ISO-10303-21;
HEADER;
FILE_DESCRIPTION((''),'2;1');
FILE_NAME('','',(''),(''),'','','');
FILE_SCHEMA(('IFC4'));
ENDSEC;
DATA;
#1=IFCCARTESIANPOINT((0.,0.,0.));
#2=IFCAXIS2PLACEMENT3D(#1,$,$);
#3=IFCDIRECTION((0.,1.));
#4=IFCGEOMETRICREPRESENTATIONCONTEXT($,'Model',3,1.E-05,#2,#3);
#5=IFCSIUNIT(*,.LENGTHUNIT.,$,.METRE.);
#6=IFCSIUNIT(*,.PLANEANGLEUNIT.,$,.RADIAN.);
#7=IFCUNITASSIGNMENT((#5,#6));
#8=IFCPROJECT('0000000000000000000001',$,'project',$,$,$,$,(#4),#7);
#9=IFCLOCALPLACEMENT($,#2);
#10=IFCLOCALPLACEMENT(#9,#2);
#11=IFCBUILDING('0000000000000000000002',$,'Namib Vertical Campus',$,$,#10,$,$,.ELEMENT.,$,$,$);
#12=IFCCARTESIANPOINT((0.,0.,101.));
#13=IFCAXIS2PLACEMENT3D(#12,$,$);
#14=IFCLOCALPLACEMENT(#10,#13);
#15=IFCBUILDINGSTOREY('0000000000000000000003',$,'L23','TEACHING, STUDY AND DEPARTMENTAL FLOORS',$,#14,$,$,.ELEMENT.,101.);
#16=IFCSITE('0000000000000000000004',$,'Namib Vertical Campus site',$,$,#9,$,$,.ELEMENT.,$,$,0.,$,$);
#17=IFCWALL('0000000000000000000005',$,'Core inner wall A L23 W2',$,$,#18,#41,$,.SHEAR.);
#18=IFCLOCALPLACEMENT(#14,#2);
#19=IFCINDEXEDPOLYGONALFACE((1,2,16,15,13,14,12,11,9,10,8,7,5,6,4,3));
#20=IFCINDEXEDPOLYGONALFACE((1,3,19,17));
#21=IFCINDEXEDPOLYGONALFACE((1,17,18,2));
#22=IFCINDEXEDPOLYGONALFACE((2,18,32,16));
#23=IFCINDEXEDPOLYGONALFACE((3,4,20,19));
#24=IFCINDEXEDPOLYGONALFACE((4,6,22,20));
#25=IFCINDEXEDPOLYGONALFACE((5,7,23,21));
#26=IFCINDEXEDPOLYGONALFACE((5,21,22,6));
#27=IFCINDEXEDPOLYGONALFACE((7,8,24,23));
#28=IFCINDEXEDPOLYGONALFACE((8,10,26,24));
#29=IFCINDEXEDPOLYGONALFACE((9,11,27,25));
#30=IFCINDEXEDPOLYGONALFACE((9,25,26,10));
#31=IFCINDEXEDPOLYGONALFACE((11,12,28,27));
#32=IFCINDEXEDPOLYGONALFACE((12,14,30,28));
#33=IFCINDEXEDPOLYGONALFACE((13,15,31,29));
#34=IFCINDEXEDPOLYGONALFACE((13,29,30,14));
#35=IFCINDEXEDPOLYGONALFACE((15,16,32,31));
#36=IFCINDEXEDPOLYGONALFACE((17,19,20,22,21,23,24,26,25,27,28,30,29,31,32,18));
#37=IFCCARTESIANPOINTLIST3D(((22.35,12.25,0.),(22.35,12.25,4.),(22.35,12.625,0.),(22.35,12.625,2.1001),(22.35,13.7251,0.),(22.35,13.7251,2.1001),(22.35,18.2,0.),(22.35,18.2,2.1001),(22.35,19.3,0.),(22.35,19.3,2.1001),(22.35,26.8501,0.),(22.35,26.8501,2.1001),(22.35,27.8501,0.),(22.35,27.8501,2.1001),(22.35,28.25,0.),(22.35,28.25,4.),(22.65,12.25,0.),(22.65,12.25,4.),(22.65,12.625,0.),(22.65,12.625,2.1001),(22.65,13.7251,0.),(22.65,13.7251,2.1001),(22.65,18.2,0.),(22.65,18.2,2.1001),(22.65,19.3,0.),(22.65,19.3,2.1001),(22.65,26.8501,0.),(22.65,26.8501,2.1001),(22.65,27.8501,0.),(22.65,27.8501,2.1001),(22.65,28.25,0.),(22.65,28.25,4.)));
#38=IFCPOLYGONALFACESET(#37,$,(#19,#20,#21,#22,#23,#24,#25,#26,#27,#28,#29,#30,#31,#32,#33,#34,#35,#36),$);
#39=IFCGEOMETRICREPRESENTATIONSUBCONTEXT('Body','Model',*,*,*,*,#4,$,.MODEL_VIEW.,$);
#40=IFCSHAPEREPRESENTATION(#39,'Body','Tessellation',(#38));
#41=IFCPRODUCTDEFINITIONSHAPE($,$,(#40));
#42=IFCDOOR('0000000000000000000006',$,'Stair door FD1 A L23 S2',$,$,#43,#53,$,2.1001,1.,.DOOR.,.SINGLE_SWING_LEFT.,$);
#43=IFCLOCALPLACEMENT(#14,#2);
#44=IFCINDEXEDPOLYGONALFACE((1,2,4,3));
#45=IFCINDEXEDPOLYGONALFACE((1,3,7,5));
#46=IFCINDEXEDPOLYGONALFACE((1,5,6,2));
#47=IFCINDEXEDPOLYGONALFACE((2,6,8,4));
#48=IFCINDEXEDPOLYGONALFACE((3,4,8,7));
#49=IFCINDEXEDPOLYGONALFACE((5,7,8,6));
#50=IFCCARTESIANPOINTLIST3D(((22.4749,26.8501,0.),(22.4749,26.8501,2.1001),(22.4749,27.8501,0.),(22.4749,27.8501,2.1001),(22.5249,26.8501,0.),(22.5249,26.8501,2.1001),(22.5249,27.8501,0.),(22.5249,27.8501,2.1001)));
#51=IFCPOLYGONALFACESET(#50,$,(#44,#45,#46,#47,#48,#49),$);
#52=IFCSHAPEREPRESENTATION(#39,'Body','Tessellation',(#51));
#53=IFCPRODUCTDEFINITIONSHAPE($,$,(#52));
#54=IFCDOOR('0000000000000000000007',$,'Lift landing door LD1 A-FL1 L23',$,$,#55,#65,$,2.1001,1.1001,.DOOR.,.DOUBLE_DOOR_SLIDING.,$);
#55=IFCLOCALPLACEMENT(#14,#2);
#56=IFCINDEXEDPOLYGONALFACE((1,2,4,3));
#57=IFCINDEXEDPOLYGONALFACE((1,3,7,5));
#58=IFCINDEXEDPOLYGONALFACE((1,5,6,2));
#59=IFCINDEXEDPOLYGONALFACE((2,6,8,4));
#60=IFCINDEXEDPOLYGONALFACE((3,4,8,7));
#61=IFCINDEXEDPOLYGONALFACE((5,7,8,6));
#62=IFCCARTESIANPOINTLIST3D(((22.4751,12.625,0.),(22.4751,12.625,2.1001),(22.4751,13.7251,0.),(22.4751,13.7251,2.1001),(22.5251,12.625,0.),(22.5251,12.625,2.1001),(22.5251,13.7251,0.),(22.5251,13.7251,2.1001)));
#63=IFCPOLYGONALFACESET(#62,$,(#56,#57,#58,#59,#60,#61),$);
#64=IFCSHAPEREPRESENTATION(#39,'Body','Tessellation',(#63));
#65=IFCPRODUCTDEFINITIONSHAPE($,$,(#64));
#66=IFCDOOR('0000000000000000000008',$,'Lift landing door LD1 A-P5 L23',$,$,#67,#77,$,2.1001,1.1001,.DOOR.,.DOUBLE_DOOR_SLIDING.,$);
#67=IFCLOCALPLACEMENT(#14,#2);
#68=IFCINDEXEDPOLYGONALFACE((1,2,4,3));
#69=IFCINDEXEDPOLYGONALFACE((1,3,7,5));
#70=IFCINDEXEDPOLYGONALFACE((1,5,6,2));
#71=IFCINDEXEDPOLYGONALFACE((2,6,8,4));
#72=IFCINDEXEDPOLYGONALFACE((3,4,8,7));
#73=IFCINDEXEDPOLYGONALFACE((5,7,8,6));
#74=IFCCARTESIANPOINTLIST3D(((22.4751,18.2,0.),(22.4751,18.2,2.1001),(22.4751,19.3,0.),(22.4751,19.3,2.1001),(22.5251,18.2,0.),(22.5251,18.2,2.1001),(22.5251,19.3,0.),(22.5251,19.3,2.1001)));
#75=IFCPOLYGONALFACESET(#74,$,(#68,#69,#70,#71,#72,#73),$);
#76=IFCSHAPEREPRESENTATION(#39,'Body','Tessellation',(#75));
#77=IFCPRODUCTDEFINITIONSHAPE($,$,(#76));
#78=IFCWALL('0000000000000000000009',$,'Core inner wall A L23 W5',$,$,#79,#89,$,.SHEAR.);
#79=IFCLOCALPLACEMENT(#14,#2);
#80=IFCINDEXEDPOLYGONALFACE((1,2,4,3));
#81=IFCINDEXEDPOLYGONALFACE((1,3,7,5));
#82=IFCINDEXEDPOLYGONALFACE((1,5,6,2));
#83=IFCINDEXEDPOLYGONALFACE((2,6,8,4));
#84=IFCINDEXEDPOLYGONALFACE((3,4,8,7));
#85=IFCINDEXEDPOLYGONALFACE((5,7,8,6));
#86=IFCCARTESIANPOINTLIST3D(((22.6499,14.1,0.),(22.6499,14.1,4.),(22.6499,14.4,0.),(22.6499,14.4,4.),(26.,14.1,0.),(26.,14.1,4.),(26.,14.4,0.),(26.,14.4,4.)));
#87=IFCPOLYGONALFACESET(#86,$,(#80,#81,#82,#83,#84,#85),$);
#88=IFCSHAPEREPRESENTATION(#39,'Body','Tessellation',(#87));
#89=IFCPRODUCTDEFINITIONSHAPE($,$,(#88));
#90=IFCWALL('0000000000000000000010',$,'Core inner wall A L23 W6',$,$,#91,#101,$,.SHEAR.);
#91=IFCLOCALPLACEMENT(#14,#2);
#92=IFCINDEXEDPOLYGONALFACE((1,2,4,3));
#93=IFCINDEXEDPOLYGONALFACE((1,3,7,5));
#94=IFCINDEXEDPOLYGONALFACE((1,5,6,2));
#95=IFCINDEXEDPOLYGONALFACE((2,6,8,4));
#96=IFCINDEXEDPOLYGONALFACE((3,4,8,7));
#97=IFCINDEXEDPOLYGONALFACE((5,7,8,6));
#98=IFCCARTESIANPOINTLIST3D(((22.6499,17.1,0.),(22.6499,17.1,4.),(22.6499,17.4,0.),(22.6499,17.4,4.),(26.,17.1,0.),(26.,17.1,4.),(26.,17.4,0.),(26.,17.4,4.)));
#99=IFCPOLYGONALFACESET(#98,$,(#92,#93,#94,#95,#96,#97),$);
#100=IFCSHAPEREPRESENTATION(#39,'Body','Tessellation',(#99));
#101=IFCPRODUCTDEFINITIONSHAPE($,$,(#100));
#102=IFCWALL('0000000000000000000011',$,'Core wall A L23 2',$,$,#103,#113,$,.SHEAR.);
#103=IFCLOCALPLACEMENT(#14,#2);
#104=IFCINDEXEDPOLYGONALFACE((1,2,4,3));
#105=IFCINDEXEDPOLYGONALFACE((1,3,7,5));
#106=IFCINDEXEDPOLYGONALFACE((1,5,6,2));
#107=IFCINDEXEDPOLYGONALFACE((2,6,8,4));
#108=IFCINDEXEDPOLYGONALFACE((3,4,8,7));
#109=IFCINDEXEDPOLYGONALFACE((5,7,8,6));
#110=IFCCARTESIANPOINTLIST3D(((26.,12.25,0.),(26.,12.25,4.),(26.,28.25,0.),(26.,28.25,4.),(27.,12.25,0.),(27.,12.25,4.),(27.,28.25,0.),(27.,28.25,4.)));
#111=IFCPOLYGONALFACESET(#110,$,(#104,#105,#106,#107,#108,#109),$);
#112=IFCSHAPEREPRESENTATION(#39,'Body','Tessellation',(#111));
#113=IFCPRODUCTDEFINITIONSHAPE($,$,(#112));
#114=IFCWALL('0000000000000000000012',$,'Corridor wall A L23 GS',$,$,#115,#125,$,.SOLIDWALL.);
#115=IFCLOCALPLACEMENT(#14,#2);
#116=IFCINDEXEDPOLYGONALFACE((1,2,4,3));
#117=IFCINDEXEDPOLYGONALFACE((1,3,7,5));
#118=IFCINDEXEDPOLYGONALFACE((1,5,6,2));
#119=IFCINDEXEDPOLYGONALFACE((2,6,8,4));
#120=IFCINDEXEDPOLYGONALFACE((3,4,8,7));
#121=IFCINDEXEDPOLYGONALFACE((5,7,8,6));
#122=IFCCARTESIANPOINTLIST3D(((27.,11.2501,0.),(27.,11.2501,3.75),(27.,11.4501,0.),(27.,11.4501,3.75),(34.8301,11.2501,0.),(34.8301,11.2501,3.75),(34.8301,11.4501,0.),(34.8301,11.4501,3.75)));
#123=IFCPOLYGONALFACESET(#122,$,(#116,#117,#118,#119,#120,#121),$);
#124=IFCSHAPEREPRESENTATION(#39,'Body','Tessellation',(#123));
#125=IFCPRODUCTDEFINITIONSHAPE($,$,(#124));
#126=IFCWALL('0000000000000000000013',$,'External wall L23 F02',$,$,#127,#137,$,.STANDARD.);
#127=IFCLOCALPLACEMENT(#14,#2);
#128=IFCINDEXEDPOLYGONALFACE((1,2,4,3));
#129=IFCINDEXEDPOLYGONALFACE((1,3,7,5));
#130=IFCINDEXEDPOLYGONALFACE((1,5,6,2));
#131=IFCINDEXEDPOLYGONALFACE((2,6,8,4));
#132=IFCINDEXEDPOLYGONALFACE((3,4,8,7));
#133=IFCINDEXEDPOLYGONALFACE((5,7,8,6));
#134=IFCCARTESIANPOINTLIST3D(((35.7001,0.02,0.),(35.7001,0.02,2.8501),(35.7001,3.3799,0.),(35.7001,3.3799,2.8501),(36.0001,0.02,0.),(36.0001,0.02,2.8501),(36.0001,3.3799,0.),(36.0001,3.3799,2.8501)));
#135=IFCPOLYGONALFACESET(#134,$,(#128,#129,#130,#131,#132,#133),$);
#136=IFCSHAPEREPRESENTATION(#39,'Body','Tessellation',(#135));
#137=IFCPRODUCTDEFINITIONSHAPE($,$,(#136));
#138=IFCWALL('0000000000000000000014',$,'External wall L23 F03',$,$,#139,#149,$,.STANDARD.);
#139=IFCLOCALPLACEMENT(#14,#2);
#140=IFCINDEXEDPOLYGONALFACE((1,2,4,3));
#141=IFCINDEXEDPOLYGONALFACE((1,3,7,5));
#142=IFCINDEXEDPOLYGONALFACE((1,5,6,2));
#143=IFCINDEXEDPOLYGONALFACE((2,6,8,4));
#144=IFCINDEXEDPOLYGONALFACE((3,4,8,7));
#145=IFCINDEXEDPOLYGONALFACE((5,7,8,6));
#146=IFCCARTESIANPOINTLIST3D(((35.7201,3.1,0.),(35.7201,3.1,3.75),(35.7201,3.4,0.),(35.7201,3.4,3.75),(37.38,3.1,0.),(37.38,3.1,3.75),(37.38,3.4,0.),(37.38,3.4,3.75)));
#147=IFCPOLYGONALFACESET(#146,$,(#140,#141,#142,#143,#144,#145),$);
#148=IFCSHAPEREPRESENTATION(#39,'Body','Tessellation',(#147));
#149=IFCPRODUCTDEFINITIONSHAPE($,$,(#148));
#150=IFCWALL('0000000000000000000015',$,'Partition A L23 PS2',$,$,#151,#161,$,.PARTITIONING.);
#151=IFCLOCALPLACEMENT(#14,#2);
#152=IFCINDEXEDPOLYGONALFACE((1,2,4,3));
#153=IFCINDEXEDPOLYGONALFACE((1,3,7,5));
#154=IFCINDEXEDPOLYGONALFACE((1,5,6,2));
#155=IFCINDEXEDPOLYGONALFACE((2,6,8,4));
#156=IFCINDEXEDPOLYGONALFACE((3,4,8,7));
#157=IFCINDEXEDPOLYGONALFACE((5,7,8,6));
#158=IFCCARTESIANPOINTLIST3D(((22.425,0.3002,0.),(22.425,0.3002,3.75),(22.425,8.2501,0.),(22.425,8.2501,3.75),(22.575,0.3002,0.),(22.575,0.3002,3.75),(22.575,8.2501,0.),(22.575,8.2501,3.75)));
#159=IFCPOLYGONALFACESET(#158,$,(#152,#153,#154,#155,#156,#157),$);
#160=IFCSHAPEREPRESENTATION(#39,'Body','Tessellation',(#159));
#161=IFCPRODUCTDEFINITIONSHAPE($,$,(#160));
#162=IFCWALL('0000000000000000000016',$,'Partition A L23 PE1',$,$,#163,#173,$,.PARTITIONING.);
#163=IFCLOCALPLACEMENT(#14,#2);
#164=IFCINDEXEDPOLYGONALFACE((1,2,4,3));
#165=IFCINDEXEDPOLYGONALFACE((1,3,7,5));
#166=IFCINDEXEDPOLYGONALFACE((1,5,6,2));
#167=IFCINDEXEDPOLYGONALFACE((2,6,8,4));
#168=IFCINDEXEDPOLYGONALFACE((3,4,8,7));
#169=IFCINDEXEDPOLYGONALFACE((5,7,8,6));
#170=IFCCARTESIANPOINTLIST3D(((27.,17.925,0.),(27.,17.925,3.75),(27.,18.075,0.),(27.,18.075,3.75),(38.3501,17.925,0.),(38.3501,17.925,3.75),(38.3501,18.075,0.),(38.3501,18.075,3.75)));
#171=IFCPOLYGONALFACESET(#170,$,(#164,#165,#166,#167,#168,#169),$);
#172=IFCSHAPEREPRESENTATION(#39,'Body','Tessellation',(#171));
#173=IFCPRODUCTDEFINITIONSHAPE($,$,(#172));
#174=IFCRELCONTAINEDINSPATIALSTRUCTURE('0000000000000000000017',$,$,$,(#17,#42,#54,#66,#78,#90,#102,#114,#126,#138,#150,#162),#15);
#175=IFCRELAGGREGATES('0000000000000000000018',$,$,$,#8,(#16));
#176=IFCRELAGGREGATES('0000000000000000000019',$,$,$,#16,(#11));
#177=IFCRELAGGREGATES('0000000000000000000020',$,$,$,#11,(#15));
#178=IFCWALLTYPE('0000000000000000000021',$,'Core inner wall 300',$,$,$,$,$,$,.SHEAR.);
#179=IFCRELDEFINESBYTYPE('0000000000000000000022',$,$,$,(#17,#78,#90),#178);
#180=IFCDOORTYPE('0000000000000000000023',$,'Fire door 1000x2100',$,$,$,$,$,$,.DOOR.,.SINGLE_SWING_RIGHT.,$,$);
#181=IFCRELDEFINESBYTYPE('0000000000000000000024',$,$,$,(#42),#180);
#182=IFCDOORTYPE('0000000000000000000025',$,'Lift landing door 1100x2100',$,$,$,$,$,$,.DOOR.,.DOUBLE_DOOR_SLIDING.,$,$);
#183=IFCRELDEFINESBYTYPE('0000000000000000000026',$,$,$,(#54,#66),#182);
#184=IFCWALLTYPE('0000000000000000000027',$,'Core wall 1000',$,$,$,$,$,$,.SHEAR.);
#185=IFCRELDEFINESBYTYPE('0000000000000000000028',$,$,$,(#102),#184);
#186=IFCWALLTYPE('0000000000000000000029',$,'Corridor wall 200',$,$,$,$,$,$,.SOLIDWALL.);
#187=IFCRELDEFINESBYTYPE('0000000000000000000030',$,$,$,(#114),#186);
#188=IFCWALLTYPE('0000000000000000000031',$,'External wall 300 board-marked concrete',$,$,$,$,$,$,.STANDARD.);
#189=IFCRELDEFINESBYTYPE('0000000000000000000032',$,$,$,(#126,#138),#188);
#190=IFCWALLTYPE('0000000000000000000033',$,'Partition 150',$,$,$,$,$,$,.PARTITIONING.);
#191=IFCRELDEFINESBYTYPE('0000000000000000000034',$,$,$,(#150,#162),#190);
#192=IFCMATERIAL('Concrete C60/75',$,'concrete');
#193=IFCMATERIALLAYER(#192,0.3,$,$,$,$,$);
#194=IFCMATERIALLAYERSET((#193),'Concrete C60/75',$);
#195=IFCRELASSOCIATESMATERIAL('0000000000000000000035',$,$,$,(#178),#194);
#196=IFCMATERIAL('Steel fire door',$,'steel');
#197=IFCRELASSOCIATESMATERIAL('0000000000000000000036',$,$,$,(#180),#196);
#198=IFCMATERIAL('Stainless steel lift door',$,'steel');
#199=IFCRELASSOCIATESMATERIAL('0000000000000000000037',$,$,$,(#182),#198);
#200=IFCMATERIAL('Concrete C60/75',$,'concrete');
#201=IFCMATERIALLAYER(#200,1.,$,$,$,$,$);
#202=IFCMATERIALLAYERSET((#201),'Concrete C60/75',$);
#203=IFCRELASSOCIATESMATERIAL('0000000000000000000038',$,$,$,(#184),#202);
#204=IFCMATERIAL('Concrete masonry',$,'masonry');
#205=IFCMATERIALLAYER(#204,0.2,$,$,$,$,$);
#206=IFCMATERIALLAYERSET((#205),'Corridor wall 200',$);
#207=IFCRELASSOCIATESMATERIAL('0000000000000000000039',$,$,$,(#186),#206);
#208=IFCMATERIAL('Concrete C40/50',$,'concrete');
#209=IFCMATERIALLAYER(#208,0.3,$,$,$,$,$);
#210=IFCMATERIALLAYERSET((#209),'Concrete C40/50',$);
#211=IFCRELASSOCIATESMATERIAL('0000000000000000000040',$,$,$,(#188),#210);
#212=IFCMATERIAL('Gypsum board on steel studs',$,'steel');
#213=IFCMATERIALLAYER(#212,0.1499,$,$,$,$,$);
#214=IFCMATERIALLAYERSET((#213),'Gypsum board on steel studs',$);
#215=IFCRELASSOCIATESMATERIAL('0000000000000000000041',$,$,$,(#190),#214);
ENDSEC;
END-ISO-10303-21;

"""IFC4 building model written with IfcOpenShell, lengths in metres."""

from ifc_helpers import new_model, si_unit, direction, frame, frame_2d, origin, place, context, subcontext, project, spatial, rectangle, extrude, material, layer, layer_set, type_object, element, fill, save


model = new_model("IFC4")

# Units and contexts
model_context = context("Model", 3, precision=1e-05, world=origin(), true_north=direction((0.0, 1.0)))
body_context = subcontext(model_context, "Body", "Model", "MODEL_VIEW")
ifc_project = project(units=[si_unit("LENGTHUNIT", "METRE"), si_unit("PLANEANGLEUNIT", "RADIAN")], contexts=[model_context])

# Site, building, storey
site_placement = place(None, origin())
site = spatial("IfcSite", under=ifc_project, at=site_placement, Name="Namib Vertical Campus site", CompositionType="ELEMENT", RefElevation=0.0)
building_placement = place(site_placement, origin())
building = spatial("IfcBuilding", under=site, at=building_placement, Name="Namib Vertical Campus", CompositionType="ELEMENT")
storey_placement = place(building_placement, frame((0.0, 0.0, 101.0)))
storey = spatial("IfcBuildingStorey", under=building, at=storey_placement, Name="L23", Description="TEACHING, STUDY AND DEPARTMENTAL FLOORS", CompositionType="ELEMENT", Elevation=101.0)

# Wall, openings, doors
ifc_material_1 = material(Name="Concrete C60/75", Category="concrete")
ifc_layer_1 = layer(ifc_material_1, 0.3)
ifc_layer_set_1 = layer_set([ifc_layer_1], Name="Concrete C60/75")
wall_type_1 = type_object("IfcWallType", Name="Core inner wall 300", PredefinedType="SHEAR", material=ifc_layer_set_1)
wall_1_placement = place(storey_placement, frame((22.5, 12.25, 0.0), z_axis=(0.0, 0.0, 1.0), x_axis=(0.0, 1.0, 0.0)))
wall_1 = element("IfcWall", 1, at=wall_1_placement, inside=storey, type_object=wall_type_1, Name="Core inner wall A L23 W2", PredefinedType="SHEAR", context=body_context, shape_type="SweptSolid", body=[
    extrude(rectangle(XDim=16.0, YDim=0.3, at=frame_2d((8.0, 0.0))), origin(), (0.0, 0.0, 1.0), 4.0),
])
opening_1_placement = place(wall_1_placement, frame((14.6001, 0.0, 0.0)))
opening_1 = element("IfcOpeningElement", 2, at=opening_1_placement, cuts=wall_1, PredefinedType="OPENING", context=body_context, shape_type="SweptSolid", body=[
    extrude(rectangle(XDim=1.0, YDim=2.1001, at=frame_2d((0.5, 1.05))), frame((0.0, 0.1599, 0.0), z_axis=(0.0, -1.0, 0.0), x_axis=(1.0, 0.0, 0.0)), (0.0, 0.0, 1.0), 0.3201),
])
opening_2_placement = place(wall_1_placement, frame((0.375, 0.0, 0.0)))
opening_2 = element("IfcOpeningElement", 3, at=opening_2_placement, cuts=wall_1, PredefinedType="OPENING", context=body_context, shape_type="SweptSolid", body=[
    extrude(rectangle(XDim=1.1001, YDim=2.1001, at=frame_2d((0.55, 1.05))), frame((0.0, 0.1599, 0.0), z_axis=(0.0, -1.0, 0.0), x_axis=(1.0, 0.0, 0.0)), (0.0, 0.0, 1.0), 0.3201),
])
opening_3_placement = place(wall_1_placement, frame((5.95, 0.0, 0.0)))
opening_3 = element("IfcOpeningElement", 4, at=opening_3_placement, cuts=wall_1, PredefinedType="OPENING", context=body_context, shape_type="SweptSolid", body=[
    extrude(rectangle(XDim=1.1001, YDim=2.1001, at=frame_2d((0.55, 1.05))), frame((0.0, 0.1599, 0.0), z_axis=(0.0, -1.0, 0.0), x_axis=(1.0, 0.0, 0.0)), (0.0, 0.0, 1.0), 0.3201),
])
ifc_material_2 = material(Name="Steel fire door", Category="steel")
door_type_1 = type_object("IfcDoorType", Name="Fire door 1000x2100", OperationType="SINGLE_SWING_RIGHT", PredefinedType="DOOR", material=ifc_material_2)
door_1_placement = place(opening_1_placement, frame((1.0, 0.0, 0.0), z_axis=(0.0, 0.0, 1.0), x_axis=(-1.0, 0.0, 0.0)))
door_1 = element("IfcDoor", 5, at=door_1_placement, inside=storey, type_object=door_type_1, Name="Stair door FD1 A L23 S2", OperationType="SINGLE_SWING_LEFT", OverallHeight=2.1001, OverallWidth=1.0, PredefinedType="DOOR", context=body_context, shape_type="SweptSolid", body=[
    extrude(rectangle(XDim=1.0, YDim=2.1001, at=frame_2d((0.5, 1.05))), frame((0.0, 0.0249, 0.0), z_axis=(0.0, -1.0, 0.0), x_axis=(1.0, 0.0, 0.0)), (0.0, 0.0, 1.0), 0.05),
])
fill(opening_1, door_1)
ifc_material_3 = material(Name="Stainless steel lift door", Category="steel")
door_type_2 = type_object("IfcDoorType", Name="Lift landing door 1100x2100", OperationType="DOUBLE_DOOR_SLIDING", PredefinedType="DOOR", material=ifc_material_3)
door_2_placement = place(opening_2_placement, origin())
door_2 = element("IfcDoor", 6, at=door_2_placement, inside=storey, type_object=door_type_2, Name="Lift landing door LD1 A-FL1 L23", OperationType="DOUBLE_DOOR_SLIDING", OverallHeight=2.1001, OverallWidth=1.1001, PredefinedType="DOOR", context=body_context, shape_type="SweptSolid", body=[
    extrude(rectangle(XDim=1.1001, YDim=2.1001, at=frame_2d((0.55, 1.05))), frame((0.0, 0.0249, 0.0), z_axis=(0.0, -1.0, 0.0), x_axis=(1.0, 0.0, 0.0)), (0.0, 0.0, 1.0), 0.05),
])
fill(opening_2, door_2)
door_3_placement = place(opening_3_placement, origin())
door_3 = element("IfcDoor", 7, at=door_3_placement, inside=storey, type_object=door_type_2, Name="Lift landing door LD1 A-P5 L23", OperationType="DOUBLE_DOOR_SLIDING", OverallHeight=2.1001, OverallWidth=1.1001, PredefinedType="DOOR", context=body_context, shape_type="SweptSolid", body=[
    extrude(rectangle(XDim=1.1001, YDim=2.1001, at=frame_2d((0.55, 1.05))), frame((0.0, 0.0249, 0.0), z_axis=(0.0, -1.0, 0.0), x_axis=(1.0, 0.0, 0.0)), (0.0, 0.0, 1.0), 0.05),
])
fill(opening_3, door_3)

# Walls
for number, where, z_axis, x_axis, name in (
    (8, (22.6499, 14.25, 0.0), (0.0, 0.0, 1.0), (1.0, 0.0, 0.0), "Core inner wall A L23 W5"),
    (9, (22.6499, 17.25, 0.0), (0.0, 0.0, 1.0), (1.0, 0.0, 0.0), "Core inner wall A L23 W6"),
):
    element("IfcWall", number, at=place(storey_placement, frame(where, z_axis=z_axis, x_axis=x_axis)), inside=storey, type_object=wall_type_1, Name=name, PredefinedType="SHEAR", context=body_context, shape_type="SweptSolid", body=[
        extrude(rectangle(XDim=3.3501, YDim=0.3, at=frame_2d((1.675, 0.0))), origin(), (0.0, 0.0, 1.0), 4.0),
    ])
ifc_material_4 = material(Name="Concrete C60/75", Category="concrete")
ifc_layer_2 = layer(ifc_material_4, 1.0)
ifc_layer_set_2 = layer_set([ifc_layer_2], Name="Concrete C60/75")
wall_type_2 = type_object("IfcWallType", Name="Core wall 1000", PredefinedType="SHEAR", material=ifc_layer_set_2)
wall_2_placement = place(storey_placement, frame((26.5, 12.25, 0.0), z_axis=(0.0, 0.0, 1.0), x_axis=(0.0, 1.0, 0.0)))
element("IfcWall", 10, at=wall_2_placement, inside=storey, type_object=wall_type_2, Name="Core wall A L23 2", PredefinedType="SHEAR", context=body_context, shape_type="SweptSolid", body=[
    extrude(rectangle(XDim=16.0, YDim=1.0, at=frame_2d((8.0, 0.0))), origin(), (0.0, 0.0, 1.0), 4.0),
])
ifc_material_5 = material(Name="Concrete masonry", Category="masonry")
ifc_layer_3 = layer(ifc_material_5, 0.2)
ifc_layer_set_3 = layer_set([ifc_layer_3], Name="Corridor wall 200")
wall_type_3 = type_object("IfcWallType", Name="Corridor wall 200", PredefinedType="SOLIDWALL", material=ifc_layer_set_3)
wall_3_placement = place(storey_placement, frame((27.0, 11.3501, 0.0), z_axis=(0.0, 0.0, 1.0), x_axis=(1.0, 0.0, 0.0)))
element("IfcWall", 11, at=wall_3_placement, inside=storey, type_object=wall_type_3, Name="Corridor wall A L23 GS", PredefinedType="SOLIDWALL", context=body_context, shape_type="SweptSolid", body=[
    extrude(rectangle(XDim=7.8301, YDim=0.2, at=frame_2d((3.915, 0.0))), origin(), (0.0, 0.0, 1.0), 3.75),
])
ifc_material_6 = material(Name="Concrete C40/50", Category="concrete")
ifc_layer_4 = layer(ifc_material_6, 0.3)
ifc_layer_set_4 = layer_set([ifc_layer_4], Name="Concrete C40/50")
wall_type_4 = type_object("IfcWallType", Name="External wall 300 board-marked concrete", PredefinedType="STANDARD", material=ifc_layer_set_4)
wall_4_placement = place(storey_placement, frame((35.8501, 0.02, 0.0), z_axis=(0.0, 0.0, 1.0), x_axis=(0.0, 1.0, 0.0)))
element("IfcWall", 12, at=wall_4_placement, inside=storey, type_object=wall_type_4, Name="External wall L23 F02", PredefinedType="STANDARD", context=body_context, shape_type="SweptSolid", body=[
    extrude(rectangle(XDim=3.3599, YDim=0.3, at=frame_2d((1.6799, 0.0))), origin(), (0.0, 0.0, 1.0), 2.8501),
])
wall_5_placement = place(storey_placement, frame((35.72, 3.25, 0.0), z_axis=(0.0, 0.0, 1.0), x_axis=(1.0, 0.0, 0.0)))
element("IfcWall", 13, at=wall_5_placement, inside=storey, type_object=wall_type_4, Name="External wall L23 F03", PredefinedType="STANDARD", context=body_context, shape_type="SweptSolid", body=[
    extrude(rectangle(XDim=1.6599, YDim=0.3, at=frame_2d((0.8301, 0.0))), origin(), (0.0, 0.0, 1.0), 3.75),
])
ifc_material_7 = material(Name="Gypsum board on steel studs", Category="steel")
ifc_layer_5 = layer(ifc_material_7, 0.1499)
ifc_layer_set_5 = layer_set([ifc_layer_5], Name="Gypsum board on steel studs")
wall_type_5 = type_object("IfcWallType", Name="Partition 150", PredefinedType="PARTITIONING", material=ifc_layer_set_5)
wall_6_placement = place(storey_placement, frame((22.5, 0.3, 0.0), z_axis=(0.0, 0.0, 1.0), x_axis=(0.0, 1.0, 0.0)))
element("IfcWall", 14, at=wall_6_placement, inside=storey, type_object=wall_type_5, Name="Partition A L23 PS2", PredefinedType="PARTITIONING", context=body_context, shape_type="SweptSolid", body=[
    extrude(rectangle(XDim=7.95, YDim=0.1499, at=frame_2d((3.9751, 0.0))), origin(), (0.0, 0.0, 1.0), 3.75),
])
wall_7_placement = place(storey_placement, frame((27.0, 18.0, 0.0), z_axis=(0.0, 0.0, 1.0), x_axis=(1.0, 0.0, 0.0)))
element("IfcWall", 15, at=wall_7_placement, inside=storey, type_object=wall_type_5, Name="Partition A L23 PE1", PredefinedType="PARTITIONING", context=body_context, shape_type="SweptSolid", body=[
    extrude(rectangle(XDim=11.3501, YDim=0.1499, at=frame_2d((5.675, 0.0))), origin(), (0.0, 0.0, 1.0), 3.75),
])

save(model, "model.ifc")
